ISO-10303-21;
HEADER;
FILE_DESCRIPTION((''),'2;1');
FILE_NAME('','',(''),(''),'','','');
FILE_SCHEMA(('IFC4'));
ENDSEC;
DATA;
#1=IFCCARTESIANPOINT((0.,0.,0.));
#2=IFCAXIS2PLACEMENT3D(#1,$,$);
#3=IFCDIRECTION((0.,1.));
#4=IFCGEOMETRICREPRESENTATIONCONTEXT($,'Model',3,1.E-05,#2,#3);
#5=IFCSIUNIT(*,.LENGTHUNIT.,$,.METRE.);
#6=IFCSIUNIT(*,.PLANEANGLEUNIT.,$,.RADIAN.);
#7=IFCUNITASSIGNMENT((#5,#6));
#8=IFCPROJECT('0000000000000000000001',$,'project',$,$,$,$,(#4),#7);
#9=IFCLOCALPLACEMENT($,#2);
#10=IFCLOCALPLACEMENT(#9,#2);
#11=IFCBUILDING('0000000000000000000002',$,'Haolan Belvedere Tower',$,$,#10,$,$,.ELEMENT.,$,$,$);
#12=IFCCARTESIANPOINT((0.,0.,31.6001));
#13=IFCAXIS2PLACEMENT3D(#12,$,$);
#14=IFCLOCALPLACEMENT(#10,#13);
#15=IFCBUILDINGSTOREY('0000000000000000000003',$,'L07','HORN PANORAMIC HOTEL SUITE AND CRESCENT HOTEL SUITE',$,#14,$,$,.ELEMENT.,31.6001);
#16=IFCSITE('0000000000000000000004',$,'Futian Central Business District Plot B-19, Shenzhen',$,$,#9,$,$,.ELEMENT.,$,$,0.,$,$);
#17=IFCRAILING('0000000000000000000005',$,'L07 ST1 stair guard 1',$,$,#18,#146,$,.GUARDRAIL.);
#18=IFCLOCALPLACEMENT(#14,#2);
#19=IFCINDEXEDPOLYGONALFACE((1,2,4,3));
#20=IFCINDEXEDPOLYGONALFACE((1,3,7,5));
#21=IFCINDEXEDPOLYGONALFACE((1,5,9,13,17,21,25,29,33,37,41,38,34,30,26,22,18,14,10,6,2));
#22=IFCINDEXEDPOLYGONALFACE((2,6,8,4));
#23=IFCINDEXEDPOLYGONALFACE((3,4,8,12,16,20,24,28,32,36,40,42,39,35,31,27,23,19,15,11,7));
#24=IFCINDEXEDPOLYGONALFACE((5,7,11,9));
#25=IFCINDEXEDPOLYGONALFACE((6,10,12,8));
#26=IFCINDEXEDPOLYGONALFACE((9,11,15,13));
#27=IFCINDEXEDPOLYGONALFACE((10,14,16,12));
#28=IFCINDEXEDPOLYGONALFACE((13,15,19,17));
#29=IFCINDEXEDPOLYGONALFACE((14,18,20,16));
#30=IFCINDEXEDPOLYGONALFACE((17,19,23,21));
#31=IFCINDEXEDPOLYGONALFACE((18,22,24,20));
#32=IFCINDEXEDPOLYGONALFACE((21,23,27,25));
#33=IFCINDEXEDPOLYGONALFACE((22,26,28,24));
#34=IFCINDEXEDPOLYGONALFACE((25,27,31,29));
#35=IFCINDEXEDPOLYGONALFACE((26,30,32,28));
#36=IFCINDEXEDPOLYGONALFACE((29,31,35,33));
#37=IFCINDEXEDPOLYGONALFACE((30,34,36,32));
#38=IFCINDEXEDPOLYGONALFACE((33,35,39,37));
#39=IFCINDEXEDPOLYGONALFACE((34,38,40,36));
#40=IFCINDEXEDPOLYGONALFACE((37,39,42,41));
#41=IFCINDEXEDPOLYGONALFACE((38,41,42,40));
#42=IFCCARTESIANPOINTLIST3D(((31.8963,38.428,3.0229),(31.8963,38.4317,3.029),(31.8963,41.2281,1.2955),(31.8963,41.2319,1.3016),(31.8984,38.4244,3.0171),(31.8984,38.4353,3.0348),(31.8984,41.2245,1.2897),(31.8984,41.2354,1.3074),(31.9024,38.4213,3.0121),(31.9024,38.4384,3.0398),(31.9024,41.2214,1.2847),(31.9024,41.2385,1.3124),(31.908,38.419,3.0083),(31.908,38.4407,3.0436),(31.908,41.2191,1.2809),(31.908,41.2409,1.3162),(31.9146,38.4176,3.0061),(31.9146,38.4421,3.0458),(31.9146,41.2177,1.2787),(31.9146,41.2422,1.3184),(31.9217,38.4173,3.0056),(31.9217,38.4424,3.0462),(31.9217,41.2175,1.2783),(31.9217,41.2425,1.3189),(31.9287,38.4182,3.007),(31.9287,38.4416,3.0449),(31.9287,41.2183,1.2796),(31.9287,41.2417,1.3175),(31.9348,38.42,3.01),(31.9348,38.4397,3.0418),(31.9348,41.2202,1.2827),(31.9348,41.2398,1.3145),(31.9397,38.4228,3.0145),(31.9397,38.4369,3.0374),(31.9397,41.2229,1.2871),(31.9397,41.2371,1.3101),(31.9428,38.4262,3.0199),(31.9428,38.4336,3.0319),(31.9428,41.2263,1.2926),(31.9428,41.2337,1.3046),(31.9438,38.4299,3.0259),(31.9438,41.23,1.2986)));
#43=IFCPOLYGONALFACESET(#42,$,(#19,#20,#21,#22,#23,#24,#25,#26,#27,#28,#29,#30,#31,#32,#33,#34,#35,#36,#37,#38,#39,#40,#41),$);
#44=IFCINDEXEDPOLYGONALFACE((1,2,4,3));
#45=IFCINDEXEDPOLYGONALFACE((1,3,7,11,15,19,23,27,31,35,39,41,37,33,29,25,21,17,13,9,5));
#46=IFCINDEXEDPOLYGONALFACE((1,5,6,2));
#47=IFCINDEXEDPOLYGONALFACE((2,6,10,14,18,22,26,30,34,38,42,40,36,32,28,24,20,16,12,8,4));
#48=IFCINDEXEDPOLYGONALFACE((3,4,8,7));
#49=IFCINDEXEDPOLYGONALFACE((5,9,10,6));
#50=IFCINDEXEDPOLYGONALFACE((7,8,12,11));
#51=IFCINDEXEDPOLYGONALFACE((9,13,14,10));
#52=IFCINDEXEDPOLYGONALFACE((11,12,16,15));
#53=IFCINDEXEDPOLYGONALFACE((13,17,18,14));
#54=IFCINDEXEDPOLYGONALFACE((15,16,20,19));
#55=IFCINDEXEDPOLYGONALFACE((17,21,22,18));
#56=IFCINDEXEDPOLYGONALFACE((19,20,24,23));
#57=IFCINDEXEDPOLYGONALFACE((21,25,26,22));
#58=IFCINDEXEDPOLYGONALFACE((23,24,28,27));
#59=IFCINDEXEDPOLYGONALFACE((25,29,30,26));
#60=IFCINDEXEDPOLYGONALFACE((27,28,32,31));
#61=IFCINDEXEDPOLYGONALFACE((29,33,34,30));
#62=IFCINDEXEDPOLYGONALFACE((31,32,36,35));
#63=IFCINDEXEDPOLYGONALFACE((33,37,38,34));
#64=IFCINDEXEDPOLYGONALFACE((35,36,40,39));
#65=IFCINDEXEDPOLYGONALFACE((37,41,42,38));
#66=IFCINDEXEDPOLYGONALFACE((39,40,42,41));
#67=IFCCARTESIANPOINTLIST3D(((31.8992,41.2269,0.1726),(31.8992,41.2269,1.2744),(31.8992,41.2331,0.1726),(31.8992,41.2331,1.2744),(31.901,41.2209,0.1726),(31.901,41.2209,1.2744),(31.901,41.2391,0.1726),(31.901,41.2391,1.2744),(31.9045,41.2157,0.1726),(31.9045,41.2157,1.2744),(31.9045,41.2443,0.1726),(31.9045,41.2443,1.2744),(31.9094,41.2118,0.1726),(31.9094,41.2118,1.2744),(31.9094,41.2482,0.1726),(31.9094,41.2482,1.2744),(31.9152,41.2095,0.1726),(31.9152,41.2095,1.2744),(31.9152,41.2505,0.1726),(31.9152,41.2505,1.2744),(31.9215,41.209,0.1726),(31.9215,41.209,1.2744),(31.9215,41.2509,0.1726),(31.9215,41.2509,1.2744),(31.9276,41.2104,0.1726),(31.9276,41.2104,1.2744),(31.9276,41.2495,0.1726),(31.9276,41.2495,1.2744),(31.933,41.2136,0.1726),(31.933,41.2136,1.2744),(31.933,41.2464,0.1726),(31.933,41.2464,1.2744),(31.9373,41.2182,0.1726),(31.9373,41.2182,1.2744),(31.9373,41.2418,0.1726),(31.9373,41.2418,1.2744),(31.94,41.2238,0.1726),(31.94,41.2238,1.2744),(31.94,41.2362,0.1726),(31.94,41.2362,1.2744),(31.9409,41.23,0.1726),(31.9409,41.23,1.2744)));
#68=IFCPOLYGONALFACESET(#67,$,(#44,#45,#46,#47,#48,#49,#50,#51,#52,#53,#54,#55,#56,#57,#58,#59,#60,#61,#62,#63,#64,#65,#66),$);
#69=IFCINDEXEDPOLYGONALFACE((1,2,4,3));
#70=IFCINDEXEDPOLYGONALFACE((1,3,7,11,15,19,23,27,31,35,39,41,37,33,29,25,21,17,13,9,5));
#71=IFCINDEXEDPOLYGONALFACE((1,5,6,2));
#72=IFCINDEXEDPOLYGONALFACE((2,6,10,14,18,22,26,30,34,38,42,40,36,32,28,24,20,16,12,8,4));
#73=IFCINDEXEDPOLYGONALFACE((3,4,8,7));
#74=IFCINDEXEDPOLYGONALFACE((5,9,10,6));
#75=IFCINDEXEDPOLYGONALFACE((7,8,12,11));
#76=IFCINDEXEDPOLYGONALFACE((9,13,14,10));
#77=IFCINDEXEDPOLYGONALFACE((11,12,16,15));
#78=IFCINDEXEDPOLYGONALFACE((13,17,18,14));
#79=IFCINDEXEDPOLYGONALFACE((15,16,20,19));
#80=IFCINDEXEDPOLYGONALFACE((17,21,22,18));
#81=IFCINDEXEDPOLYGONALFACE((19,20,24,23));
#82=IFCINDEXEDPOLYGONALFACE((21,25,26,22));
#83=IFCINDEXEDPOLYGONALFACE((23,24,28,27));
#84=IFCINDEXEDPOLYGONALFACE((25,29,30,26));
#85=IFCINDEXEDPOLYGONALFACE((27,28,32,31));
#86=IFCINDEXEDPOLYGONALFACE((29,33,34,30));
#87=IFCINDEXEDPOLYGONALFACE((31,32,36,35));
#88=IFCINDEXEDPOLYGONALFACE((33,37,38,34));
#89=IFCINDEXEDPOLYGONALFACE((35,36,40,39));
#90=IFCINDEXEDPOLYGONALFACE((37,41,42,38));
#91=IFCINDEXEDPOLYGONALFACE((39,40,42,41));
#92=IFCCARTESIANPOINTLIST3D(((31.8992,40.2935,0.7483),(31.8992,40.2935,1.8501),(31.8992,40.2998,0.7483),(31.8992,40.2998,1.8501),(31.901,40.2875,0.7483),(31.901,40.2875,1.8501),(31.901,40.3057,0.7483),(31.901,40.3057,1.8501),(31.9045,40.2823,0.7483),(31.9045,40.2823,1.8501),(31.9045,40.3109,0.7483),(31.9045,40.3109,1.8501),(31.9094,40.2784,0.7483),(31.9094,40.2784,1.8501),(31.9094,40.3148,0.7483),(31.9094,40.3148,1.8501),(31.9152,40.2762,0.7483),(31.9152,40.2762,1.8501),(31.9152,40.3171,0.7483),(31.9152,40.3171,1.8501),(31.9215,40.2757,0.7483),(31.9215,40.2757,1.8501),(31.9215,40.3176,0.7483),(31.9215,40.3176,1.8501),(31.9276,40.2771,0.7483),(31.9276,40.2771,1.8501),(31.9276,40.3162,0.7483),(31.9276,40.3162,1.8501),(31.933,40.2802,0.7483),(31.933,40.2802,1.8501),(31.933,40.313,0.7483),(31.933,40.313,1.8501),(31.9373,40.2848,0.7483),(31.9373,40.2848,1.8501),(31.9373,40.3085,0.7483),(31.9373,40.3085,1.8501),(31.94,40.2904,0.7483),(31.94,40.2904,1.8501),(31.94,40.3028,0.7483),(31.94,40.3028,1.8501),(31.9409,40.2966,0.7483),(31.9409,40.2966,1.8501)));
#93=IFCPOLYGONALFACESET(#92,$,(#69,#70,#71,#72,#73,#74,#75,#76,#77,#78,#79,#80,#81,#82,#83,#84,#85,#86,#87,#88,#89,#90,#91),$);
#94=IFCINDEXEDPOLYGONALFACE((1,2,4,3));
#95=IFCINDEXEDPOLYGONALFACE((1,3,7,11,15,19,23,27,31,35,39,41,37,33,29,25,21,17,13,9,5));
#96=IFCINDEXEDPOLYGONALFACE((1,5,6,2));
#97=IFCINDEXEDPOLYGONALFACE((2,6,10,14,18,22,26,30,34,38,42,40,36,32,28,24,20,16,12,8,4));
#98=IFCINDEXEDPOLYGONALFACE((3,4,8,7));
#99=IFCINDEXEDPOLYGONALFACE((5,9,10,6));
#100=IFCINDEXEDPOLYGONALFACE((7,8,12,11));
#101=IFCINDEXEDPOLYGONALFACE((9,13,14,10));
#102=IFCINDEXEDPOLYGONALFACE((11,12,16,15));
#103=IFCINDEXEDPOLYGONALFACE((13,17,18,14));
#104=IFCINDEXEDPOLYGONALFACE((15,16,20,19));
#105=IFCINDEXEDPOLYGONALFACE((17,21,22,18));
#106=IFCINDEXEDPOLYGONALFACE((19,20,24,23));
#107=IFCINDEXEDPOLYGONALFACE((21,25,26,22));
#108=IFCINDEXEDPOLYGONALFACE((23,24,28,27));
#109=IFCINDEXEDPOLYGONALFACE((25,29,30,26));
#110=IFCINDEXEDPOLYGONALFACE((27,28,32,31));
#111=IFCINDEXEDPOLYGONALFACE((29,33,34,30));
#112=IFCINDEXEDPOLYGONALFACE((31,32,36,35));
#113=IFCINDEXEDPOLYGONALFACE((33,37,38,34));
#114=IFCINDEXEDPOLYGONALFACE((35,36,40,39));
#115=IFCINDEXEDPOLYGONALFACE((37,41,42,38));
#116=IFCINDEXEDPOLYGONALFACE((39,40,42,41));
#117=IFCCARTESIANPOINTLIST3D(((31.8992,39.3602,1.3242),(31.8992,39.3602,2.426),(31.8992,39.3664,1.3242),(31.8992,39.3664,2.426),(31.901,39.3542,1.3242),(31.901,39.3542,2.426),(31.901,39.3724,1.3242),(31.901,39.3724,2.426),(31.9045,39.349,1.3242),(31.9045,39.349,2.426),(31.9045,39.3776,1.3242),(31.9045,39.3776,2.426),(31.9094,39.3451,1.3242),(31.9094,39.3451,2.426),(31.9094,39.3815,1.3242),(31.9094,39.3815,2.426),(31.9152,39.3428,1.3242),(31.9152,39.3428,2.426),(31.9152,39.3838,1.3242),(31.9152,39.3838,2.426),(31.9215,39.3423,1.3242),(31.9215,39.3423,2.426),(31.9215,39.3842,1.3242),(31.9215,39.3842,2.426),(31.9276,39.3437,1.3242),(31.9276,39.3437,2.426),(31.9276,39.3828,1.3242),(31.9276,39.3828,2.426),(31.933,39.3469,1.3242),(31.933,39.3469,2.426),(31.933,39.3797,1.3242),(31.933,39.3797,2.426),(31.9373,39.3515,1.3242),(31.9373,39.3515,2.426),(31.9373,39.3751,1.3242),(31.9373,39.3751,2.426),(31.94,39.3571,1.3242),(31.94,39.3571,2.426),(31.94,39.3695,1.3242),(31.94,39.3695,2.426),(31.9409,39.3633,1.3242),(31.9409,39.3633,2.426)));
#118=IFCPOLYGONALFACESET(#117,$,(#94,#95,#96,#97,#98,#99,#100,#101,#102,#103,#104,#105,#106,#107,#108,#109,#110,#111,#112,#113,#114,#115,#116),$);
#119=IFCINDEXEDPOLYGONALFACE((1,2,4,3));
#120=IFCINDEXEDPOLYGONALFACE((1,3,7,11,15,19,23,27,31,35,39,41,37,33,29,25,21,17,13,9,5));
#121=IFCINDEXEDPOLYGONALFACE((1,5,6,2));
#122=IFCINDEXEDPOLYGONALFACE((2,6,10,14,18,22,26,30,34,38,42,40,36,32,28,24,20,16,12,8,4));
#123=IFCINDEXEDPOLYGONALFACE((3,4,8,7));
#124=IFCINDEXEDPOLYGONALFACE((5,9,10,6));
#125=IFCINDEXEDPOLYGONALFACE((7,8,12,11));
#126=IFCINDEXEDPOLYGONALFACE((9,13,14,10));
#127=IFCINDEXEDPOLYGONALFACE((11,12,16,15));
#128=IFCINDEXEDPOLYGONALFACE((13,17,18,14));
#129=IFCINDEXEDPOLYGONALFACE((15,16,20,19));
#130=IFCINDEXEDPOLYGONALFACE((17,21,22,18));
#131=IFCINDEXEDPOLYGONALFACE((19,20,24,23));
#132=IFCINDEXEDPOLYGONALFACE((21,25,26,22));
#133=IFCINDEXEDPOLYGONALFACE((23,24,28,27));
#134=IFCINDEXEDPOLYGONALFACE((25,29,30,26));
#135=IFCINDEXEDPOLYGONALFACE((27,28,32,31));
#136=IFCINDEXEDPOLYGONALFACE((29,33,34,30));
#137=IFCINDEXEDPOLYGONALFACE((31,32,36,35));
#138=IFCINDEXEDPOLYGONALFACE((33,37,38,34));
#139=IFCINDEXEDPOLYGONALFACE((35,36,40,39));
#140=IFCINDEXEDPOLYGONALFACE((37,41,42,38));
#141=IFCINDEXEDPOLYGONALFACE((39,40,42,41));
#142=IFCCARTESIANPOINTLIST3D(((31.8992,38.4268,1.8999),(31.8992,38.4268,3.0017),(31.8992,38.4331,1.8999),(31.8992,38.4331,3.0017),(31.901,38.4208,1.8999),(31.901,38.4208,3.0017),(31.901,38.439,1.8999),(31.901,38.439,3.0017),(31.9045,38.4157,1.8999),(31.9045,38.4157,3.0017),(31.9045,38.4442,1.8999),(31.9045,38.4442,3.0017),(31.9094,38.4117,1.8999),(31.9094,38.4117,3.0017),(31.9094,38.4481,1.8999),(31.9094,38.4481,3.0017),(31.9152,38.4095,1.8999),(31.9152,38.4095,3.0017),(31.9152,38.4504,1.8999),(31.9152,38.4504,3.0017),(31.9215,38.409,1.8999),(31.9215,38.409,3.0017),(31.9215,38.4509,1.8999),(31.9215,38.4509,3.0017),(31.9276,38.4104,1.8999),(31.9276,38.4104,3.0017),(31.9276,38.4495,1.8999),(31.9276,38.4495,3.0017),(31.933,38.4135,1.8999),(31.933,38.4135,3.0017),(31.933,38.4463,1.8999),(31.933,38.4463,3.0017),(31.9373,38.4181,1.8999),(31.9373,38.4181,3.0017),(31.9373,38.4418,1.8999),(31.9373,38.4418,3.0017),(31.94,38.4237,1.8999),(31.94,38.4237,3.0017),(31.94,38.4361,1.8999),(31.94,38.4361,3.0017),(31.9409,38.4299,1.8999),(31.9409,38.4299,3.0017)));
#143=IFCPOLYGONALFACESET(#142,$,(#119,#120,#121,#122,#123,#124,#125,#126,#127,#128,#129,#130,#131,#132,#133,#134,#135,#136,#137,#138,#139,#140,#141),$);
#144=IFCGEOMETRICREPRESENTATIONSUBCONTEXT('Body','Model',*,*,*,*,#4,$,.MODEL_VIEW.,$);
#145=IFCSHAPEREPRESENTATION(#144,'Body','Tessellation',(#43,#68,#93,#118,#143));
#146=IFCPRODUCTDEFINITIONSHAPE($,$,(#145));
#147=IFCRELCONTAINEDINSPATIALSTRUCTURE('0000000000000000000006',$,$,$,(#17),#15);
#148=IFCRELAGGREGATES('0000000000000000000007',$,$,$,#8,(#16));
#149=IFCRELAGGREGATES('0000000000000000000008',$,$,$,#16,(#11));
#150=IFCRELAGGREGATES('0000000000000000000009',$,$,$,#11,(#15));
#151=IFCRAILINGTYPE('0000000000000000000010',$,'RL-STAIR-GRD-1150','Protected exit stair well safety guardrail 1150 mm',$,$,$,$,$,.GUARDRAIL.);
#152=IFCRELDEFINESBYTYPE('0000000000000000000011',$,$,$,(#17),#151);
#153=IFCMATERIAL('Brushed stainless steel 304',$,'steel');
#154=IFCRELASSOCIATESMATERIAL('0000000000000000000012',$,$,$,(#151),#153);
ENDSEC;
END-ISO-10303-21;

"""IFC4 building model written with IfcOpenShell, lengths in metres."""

from ifc_helpers import new_model, si_unit, direction, frame, origin, origin_2d, place, context, subcontext, project, spatial, circle, extrude, material, type_object, element, save


model = new_model("IFC4")

# Units and contexts
model_context = context("Model", 3, precision=1e-05, world=origin(), true_north=direction((0.0, 1.0)))
body_context = subcontext(model_context, "Body", "Model", "MODEL_VIEW")
ifc_project = project(units=[si_unit("LENGTHUNIT", "METRE"), si_unit("PLANEANGLEUNIT", "RADIAN")], contexts=[model_context])

# Site, building, storey
site_placement = place(None, origin())
site = spatial("IfcSite", under=ifc_project, at=site_placement, Name="Futian Central Business District Plot B-19, Shenzhen", CompositionType="ELEMENT", RefElevation=0.0)
building_placement = place(site_placement, origin())
building = spatial("IfcBuilding", under=site, at=building_placement, Name="Haolan Belvedere Tower", CompositionType="ELEMENT")
storey_placement = place(building_placement, frame((0.0, 0.0, 31.6001)))
storey = spatial("IfcBuildingStorey", under=building, at=storey_placement, Name="L07", Description="HORN PANORAMIC HOTEL SUITE AND CRESCENT HOTEL SUITE", CompositionType="ELEMENT", Elevation=31.6001)

# Railing
ifc_material_1 = material(Name="Brushed stainless steel 304", Category="steel")
railing_type = type_object("IfcRailingType", Name="RL-STAIR-GRD-1150", Description="Protected exit stair well safety guardrail 1150 mm", PredefinedType="GUARDRAIL", material=ifc_material_1)
railing_1_placement = place(storey_placement, frame((31.9199, 41.23, 0.1726)))
element("IfcRailing", 1, at=railing_1_placement, inside=storey, type_object=railing_type, Name="L07 ST1 stair guard 1", PredefinedType="GUARDRAIL", context=body_context, shape_type="SweptSolid", body=[
    extrude(circle(Radius=0.0239, at=origin_2d()), frame((0.0, 0.0, 1.126), z_axis=(0.0, -0.85109, 0.52502), x_axis=(1.0, 0.0, 0.0)), (0.0, 0.0, 1.0), 3.29),
    extrude(circle(Radius=0.021, at=origin_2d()), origin(), (0.0, 0.0, 1.0), 1.1018),
    extrude(circle(Radius=0.021, at=origin_2d()), frame((0.0, -0.9333, 0.5757)), (0.0, 0.0, 1.0), 1.1018),
    extrude(circle(Radius=0.021, at=origin_2d()), frame((0.0, -1.8667, 1.1516)), (0.0, 0.0, 1.0), 1.1018),
    extrude(circle(Radius=0.021, at=origin_2d()), frame((0.0, -2.8, 1.7273)), (0.0, 0.0, 1.0), 1.1018),
])

save(model, "model.ifc")
